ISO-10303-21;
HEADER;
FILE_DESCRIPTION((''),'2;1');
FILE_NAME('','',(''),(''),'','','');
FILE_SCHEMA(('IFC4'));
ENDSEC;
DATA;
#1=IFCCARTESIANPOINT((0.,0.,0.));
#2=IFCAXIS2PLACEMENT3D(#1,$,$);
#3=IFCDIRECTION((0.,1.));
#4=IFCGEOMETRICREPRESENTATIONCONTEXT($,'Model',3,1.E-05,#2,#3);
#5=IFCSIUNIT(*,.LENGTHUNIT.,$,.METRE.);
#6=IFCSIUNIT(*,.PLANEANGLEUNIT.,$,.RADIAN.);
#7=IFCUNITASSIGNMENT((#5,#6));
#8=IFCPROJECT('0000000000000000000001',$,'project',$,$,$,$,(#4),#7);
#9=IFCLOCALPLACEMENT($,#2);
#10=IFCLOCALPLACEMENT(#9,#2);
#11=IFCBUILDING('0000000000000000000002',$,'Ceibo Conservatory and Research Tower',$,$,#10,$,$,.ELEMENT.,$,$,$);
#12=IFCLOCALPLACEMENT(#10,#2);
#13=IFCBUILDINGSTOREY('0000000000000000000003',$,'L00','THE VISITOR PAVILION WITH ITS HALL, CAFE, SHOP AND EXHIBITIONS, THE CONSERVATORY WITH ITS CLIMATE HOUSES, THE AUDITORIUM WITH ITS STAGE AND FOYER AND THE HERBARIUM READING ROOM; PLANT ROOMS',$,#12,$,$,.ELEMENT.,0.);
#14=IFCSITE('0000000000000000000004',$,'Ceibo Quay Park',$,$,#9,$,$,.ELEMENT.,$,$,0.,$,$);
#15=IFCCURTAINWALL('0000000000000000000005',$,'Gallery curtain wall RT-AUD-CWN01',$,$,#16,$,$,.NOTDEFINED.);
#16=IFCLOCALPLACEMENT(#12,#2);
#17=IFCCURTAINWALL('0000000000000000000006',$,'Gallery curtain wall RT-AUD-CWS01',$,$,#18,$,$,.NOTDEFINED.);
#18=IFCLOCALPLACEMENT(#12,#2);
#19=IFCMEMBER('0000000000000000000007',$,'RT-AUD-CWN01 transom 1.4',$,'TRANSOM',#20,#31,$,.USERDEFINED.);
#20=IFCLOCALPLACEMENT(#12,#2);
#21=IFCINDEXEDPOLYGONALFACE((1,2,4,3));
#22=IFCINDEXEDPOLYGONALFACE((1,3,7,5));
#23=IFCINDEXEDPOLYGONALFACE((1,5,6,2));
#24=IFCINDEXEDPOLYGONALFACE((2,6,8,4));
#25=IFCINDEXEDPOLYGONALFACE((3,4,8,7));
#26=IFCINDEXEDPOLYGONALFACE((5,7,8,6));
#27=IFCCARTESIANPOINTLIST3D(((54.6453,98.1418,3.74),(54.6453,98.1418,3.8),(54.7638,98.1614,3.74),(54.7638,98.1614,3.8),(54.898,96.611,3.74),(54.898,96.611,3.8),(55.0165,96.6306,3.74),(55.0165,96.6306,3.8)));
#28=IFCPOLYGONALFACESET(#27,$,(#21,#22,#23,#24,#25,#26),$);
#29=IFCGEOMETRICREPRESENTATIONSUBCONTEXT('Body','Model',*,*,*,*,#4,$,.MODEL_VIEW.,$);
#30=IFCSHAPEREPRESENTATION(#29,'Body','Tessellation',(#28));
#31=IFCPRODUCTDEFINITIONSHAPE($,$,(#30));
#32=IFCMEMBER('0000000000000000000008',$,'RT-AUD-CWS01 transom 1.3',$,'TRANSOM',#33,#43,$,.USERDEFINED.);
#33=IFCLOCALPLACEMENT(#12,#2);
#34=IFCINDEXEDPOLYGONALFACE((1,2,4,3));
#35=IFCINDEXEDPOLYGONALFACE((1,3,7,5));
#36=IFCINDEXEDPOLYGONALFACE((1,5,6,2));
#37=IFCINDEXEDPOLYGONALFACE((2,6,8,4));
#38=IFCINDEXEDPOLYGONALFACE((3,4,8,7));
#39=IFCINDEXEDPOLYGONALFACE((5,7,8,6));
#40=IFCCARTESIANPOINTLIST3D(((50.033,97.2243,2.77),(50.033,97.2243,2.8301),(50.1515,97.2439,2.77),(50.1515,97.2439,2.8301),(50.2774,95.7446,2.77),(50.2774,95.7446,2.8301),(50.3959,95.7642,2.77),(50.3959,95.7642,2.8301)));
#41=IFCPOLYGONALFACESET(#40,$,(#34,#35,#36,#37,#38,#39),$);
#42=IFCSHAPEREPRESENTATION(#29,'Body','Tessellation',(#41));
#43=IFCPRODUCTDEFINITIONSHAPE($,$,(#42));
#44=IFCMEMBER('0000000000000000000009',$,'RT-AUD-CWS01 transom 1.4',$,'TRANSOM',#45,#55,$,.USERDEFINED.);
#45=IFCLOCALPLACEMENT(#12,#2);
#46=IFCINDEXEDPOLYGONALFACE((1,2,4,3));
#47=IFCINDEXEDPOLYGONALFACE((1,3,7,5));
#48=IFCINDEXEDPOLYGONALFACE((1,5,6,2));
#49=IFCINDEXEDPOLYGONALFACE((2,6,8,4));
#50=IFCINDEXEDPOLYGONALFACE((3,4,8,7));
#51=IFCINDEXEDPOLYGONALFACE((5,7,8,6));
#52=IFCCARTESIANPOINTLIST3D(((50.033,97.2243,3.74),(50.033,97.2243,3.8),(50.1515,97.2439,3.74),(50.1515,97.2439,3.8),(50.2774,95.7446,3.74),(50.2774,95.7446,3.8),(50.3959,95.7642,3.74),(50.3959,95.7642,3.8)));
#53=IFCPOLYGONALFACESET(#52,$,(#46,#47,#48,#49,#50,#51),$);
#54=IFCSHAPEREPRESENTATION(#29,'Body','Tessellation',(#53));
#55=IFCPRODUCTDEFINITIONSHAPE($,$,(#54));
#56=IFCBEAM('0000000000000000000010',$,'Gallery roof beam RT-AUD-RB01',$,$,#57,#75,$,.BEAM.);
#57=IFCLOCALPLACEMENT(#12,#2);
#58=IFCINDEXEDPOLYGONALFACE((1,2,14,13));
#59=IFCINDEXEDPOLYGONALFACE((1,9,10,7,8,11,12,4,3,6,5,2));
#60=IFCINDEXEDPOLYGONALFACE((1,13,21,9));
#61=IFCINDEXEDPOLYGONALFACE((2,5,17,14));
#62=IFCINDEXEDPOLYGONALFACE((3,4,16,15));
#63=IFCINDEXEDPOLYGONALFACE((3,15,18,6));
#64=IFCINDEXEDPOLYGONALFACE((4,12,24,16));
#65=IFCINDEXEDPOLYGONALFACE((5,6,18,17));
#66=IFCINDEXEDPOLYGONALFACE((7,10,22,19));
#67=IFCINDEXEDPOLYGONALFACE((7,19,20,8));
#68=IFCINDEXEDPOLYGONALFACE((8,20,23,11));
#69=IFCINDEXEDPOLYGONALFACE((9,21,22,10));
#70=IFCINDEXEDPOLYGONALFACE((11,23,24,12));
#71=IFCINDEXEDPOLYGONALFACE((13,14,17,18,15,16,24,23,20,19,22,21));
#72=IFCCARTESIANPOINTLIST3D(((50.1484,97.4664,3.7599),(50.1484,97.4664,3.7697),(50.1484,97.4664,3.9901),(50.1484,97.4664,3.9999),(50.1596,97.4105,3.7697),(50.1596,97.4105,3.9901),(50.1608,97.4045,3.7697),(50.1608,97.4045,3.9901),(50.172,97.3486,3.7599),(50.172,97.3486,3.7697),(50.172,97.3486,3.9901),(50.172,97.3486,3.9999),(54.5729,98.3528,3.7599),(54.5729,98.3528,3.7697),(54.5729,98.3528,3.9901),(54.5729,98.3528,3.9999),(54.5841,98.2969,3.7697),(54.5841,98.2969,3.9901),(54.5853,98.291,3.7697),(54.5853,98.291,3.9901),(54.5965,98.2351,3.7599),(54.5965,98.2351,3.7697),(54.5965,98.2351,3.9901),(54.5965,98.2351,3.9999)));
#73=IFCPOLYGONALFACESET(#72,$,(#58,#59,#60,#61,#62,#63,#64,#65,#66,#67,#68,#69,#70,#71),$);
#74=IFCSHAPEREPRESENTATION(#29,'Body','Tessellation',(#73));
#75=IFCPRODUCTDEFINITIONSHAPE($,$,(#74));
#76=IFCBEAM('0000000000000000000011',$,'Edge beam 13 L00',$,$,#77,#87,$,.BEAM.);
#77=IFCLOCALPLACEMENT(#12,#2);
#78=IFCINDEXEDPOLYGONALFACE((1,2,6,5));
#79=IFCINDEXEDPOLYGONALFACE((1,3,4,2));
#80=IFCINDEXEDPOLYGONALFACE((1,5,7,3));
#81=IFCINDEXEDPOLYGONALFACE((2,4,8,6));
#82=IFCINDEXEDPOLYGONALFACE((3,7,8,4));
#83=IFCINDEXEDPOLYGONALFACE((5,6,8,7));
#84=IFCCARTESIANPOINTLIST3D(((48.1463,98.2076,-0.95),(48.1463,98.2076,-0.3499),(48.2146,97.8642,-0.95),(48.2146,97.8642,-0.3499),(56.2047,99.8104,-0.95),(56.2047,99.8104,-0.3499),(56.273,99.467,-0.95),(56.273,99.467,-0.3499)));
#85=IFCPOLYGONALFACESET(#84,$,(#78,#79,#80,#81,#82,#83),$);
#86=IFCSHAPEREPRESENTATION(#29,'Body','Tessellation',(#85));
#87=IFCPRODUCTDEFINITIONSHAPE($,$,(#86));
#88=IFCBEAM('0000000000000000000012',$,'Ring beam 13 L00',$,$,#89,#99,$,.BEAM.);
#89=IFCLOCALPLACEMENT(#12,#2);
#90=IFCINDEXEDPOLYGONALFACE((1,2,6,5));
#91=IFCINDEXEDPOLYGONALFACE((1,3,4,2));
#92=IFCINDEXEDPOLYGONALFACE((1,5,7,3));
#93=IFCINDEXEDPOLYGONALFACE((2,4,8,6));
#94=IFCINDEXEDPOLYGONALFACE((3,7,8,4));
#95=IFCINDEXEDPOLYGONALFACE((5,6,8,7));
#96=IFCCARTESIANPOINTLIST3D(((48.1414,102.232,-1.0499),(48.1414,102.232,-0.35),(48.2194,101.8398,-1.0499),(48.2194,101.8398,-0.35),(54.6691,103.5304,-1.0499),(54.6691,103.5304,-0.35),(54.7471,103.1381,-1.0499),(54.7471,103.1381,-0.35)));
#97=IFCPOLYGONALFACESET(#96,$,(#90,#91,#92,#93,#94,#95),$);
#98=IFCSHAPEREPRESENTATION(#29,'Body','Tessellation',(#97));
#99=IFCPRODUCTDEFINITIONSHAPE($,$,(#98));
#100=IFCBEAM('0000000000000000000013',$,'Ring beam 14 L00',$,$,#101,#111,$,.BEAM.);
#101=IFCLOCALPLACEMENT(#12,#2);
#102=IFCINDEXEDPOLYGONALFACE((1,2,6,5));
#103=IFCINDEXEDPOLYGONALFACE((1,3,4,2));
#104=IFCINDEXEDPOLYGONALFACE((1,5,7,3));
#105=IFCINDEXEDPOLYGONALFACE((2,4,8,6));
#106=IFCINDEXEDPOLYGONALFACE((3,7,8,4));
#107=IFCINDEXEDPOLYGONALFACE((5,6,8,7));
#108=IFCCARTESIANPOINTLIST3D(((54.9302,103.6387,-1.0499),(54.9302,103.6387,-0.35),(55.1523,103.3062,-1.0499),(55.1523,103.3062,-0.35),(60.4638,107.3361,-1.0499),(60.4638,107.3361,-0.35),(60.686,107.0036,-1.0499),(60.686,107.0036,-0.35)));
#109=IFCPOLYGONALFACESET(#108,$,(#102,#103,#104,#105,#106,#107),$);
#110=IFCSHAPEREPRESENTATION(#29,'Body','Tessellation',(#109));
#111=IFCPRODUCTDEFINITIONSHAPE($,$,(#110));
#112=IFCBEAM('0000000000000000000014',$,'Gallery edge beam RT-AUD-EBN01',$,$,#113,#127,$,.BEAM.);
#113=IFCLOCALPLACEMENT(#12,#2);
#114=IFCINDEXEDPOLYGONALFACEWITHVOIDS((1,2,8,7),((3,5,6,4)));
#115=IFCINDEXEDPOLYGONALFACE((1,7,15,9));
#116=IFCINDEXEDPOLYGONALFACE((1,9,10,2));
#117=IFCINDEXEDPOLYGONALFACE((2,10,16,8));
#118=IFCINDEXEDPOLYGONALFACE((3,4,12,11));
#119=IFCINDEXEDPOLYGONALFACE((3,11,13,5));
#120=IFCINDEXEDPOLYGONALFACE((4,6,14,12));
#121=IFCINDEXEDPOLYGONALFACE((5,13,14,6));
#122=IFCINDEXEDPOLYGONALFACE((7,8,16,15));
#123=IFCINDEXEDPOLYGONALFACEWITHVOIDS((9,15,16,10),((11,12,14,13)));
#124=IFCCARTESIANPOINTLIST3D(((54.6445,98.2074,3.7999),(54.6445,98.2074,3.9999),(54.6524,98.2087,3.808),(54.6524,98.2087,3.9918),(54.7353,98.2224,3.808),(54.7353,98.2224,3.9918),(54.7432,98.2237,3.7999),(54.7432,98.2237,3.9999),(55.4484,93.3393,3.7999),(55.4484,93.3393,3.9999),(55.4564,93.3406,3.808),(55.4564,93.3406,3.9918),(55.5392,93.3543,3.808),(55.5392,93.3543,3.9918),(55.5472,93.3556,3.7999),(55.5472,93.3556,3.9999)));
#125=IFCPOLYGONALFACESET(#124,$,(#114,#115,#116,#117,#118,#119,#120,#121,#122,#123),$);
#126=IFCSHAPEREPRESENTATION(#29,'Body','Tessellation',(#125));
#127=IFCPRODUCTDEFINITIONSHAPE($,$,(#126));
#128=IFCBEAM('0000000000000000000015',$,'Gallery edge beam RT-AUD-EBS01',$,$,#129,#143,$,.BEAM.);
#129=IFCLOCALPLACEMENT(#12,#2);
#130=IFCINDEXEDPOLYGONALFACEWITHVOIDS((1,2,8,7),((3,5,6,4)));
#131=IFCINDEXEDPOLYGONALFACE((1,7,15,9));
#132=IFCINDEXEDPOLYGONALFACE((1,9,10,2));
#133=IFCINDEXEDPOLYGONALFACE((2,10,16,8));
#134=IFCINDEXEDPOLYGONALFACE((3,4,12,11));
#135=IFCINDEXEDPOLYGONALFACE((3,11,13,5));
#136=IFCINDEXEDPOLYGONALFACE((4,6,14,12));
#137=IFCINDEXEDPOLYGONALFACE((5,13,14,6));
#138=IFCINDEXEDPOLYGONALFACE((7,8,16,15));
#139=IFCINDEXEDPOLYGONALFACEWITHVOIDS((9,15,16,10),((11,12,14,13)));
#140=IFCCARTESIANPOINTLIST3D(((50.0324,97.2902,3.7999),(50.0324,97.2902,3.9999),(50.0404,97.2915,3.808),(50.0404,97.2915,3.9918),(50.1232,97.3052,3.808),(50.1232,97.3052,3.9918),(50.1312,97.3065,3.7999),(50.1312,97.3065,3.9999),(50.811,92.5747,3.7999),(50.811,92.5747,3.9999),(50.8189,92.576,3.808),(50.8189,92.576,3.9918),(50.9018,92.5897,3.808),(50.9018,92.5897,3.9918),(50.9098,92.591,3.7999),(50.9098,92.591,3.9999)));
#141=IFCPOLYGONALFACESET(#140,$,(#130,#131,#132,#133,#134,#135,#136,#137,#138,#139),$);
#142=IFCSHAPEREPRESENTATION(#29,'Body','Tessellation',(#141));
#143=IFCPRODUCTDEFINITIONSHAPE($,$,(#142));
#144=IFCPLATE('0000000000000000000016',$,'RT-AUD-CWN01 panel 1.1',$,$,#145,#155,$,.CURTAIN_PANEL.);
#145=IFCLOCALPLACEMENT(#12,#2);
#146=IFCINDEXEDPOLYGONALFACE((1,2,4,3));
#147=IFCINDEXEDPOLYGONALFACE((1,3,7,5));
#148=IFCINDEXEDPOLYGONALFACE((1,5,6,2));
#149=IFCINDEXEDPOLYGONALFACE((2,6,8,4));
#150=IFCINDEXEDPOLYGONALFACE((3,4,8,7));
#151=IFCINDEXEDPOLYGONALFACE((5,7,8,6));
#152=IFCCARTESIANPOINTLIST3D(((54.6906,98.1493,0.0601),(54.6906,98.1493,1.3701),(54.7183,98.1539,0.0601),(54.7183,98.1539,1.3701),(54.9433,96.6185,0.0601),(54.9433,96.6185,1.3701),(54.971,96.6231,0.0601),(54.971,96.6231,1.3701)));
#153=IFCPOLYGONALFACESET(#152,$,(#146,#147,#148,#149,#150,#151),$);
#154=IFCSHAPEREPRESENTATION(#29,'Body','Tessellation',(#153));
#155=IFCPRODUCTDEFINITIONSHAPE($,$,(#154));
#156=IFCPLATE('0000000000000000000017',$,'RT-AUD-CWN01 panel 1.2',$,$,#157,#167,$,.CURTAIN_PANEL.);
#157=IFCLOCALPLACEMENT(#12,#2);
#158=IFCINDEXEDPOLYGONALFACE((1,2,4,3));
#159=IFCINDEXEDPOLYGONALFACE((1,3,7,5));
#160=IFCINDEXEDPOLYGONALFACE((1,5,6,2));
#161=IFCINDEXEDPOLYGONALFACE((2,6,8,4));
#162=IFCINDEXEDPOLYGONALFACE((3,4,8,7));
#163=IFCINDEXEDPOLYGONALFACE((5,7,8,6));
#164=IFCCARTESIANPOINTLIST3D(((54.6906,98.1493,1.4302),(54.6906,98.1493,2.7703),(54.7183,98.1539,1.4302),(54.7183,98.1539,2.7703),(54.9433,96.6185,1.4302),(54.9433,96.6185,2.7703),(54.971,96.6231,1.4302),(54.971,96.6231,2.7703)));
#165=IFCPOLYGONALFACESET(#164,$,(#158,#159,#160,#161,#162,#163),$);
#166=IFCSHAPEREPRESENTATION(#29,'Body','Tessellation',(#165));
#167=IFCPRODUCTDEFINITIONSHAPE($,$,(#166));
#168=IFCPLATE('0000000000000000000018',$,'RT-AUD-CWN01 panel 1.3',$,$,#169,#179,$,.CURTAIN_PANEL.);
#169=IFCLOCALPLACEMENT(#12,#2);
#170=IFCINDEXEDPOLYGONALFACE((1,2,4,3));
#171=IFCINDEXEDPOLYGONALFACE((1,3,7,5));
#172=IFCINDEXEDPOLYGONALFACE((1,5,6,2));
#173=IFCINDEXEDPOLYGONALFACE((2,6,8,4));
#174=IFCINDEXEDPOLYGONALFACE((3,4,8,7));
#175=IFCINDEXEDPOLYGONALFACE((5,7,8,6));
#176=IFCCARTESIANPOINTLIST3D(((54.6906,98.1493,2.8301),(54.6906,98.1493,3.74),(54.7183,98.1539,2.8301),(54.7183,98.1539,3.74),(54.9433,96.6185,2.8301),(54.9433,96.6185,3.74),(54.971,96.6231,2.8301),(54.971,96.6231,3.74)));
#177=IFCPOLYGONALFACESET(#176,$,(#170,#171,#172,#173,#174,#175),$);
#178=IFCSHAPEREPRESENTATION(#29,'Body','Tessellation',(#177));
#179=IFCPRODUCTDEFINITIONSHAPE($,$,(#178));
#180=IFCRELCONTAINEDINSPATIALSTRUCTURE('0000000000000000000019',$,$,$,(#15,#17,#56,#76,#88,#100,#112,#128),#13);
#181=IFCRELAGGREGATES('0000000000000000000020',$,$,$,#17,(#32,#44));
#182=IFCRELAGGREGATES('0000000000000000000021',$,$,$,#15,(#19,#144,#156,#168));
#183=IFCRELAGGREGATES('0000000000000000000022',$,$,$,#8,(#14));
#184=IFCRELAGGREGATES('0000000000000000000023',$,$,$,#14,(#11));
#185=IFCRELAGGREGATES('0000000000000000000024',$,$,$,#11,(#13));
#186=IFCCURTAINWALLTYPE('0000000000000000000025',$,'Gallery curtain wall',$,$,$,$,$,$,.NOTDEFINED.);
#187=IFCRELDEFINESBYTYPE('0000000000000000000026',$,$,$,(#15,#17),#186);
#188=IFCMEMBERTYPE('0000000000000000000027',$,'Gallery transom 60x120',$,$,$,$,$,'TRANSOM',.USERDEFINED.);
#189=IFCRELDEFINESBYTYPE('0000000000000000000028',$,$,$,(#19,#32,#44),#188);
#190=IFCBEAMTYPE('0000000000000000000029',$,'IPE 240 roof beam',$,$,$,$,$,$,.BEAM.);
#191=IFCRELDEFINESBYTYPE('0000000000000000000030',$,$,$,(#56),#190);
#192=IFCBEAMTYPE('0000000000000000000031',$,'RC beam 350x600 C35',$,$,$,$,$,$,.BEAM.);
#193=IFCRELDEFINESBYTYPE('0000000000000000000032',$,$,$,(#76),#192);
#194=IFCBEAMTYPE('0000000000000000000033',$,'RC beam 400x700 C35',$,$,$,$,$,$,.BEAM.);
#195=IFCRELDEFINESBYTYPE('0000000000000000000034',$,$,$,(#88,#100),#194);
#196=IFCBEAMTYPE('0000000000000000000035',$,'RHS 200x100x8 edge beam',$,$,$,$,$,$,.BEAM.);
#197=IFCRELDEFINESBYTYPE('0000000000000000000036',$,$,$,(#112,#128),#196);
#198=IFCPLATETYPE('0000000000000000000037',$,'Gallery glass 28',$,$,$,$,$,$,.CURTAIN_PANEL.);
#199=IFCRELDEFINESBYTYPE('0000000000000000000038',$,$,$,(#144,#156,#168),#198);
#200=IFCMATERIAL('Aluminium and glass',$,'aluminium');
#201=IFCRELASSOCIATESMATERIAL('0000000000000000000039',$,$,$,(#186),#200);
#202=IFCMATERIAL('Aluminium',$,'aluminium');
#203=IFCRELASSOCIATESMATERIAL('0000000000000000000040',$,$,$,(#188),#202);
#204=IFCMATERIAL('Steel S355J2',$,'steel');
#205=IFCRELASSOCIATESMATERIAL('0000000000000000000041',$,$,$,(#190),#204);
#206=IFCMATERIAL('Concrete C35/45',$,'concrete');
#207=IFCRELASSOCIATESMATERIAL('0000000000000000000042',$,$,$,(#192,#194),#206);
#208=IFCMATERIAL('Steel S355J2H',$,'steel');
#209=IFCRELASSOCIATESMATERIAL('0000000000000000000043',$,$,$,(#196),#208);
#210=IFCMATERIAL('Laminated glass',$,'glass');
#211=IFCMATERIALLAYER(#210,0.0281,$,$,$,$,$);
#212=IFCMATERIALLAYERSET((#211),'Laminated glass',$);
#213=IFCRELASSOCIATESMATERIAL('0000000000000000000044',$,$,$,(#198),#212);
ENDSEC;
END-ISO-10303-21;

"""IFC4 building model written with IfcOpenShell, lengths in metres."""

from ifc_helpers import new_model, si_unit, direction, frame, origin, origin_2d, place, context, subcontext, project, spatial, rectangle, hollow_rectangle, i_section, extrude, material, layer, layer_set, material_profile, profile_set, type_object, element, aggregate, save


model = new_model("IFC4")

# Units and contexts
model_context = context("Model", 3, precision=1e-05, world=origin(), true_north=direction((0.0, 1.0)))
body_context = subcontext(model_context, "Body", "Model", "MODEL_VIEW")
ifc_project = project(units=[si_unit("LENGTHUNIT", "METRE"), si_unit("PLANEANGLEUNIT", "RADIAN")], contexts=[model_context])

# Site, building, storey
site_placement = place(None, origin())
site = spatial("IfcSite", under=ifc_project, at=site_placement, Name="Ceibo Quay Park", CompositionType="ELEMENT", RefElevation=0.0)
building_placement = place(site_placement, origin())
building = spatial("IfcBuilding", under=site, at=building_placement, Name="Ceibo Conservatory and Research Tower", CompositionType="ELEMENT")
storey_placement = place(building_placement, origin())
storey = spatial("IfcBuildingStorey", under=building, at=storey_placement, Name="L00", Description="THE VISITOR PAVILION WITH ITS HALL, CAFE, SHOP AND EXHIBITIONS, THE CONSERVATORY WITH ITS CLIMATE HOUSES, THE AUDITORIUM WITH ITS STAGE AND FOYER AND THE HERBARIUM READING ROOM; PLANT ROOMS", CompositionType="ELEMENT", Elevation=0.0)

# Shared definitions
ifc_material_1 = material(Name="Steel S355J2H", Category="steel")

# Curtain walls
ifc_material_2 = material(Name="Aluminium and glass", Category="aluminium")
curtain_wall_type = type_object("IfcCurtainWallType", Name="Gallery curtain wall", PredefinedType="NOTDEFINED", material=ifc_material_2)
curtain_wall_1_placement = place(storey_placement, origin())
curtain_wall_1 = element("IfcCurtainWall", 1, at=curtain_wall_1_placement, inside=storey, type_object=curtain_wall_type, Name="Gallery curtain wall RT-AUD-CWN01", PredefinedType="NOTDEFINED")
ifc_material_3 = material(Name="Aluminium", Category="aluminium")
curtain_wall_2_placement = place(storey_placement, origin())
curtain_wall_2 = element("IfcCurtainWall", 2, at=curtain_wall_2_placement, inside=storey, type_object=curtain_wall_type, Name="Gallery curtain wall RT-AUD-CWS01", PredefinedType="NOTDEFINED")

# Members
ifc_material_profile_1 = material_profile(ifc_material_3, rectangle(XDim=0.1201, YDim=0.0601, at=origin_2d()), Name="AL 60x120")
ifc_profile_set_1 = profile_set([ifc_material_profile_1], Name="Aluminium")
member_type_1 = type_object("IfcMemberType", Name="Gallery transom 60x120", ElementType="TRANSOM", PredefinedType="USERDEFINED", material=ifc_profile_set_1)
member_1_placement = place(storey_placement, frame((54.7046, 98.1516, 3.77), z_axis=(0.162868, -0.986648, 0.0), x_axis=(0.986648, 0.162868, 0.0)))
member_1 = element("IfcMember", 3, at=member_1_placement, type_object=member_type_1, Name="RT-AUD-CWN01 transom 1.4", ObjectType="TRANSOM", PredefinedType="USERDEFINED", context=body_context, shape_type="SweptSolid", body=[
    extrude(rectangle(XDim=0.1201, YDim=0.0601, at=origin_2d()), origin(), (0.0, 0.0, 1.0), 1.5515),
])
member_2_placement = place(storey_placement, frame((50.0923, 97.2341, 2.8), z_axis=(0.162947, -0.986635, 0.0), x_axis=(0.986635, 0.162947, 0.0)))
member_2 = element("IfcMember", 4, at=member_2_placement, type_object=member_type_1, Name="RT-AUD-CWS01 transom 1.3", ObjectType="TRANSOM", PredefinedType="USERDEFINED", context=body_context, shape_type="SweptSolid", body=[
    extrude(rectangle(XDim=0.1201, YDim=0.0601, at=origin_2d()), origin(), (0.0, 0.0, 1.0), 1.4998),
])
member_3_placement = place(storey_placement, frame((50.0923, 97.2341, 3.77), z_axis=(0.162947, -0.986635, 0.0), x_axis=(0.986635, 0.162947, 0.0)))
member_3 = element("IfcMember", 5, at=member_3_placement, type_object=member_type_1, Name="RT-AUD-CWS01 transom 1.4", ObjectType="TRANSOM", PredefinedType="USERDEFINED", context=body_context, shape_type="SweptSolid", body=[
    extrude(rectangle(XDim=0.1201, YDim=0.0601, at=origin_2d()), origin(), (0.0, 0.0, 1.0), 1.4998),
])
aggregate(curtain_wall_2, [member_2, member_3])

# Beams
ifc_material_4 = material(Name="Steel S355J2", Category="steel")
ifc_material_profile_2 = material_profile(ifc_material_4, i_section(OverallWidth=0.1201, OverallDepth=0.24, WebThickness=0.0061, FlangeThickness=0.0098, at=origin_2d()), Name="IPE 240")
ifc_profile_set_2 = profile_set([ifc_material_profile_2], Name="Steel S355J2")
beam_type_1 = type_object("IfcBeamType", Name="IPE 240 roof beam", PredefinedType="BEAM", material=ifc_profile_set_2)
beam_1_placement = place(storey_placement, frame((54.5847, 98.2939, 3.8799), z_axis=(-0.980514, -0.196449, 0.0), x_axis=(0.196449, -0.980514, 0.0)))
element("IfcBeam", 6, at=beam_1_placement, inside=storey, type_object=beam_type_1, Name="Gallery roof beam RT-AUD-RB01", PredefinedType="BEAM", context=body_context, shape_type="SweptSolid", body=[
    extrude(i_section(OverallWidth=0.1201, OverallDepth=0.24, WebThickness=0.0061, FlangeThickness=0.0098, at=origin_2d()), origin(), (0.0, 0.0, 1.0), 4.5125),
])
ifc_material_5 = material(Name="Concrete C35/45", Category="concrete")
ifc_material_profile_3 = material_profile(ifc_material_5, rectangle(XDim=0.3501, YDim=0.6001, at=origin_2d()), Name="RC 350x600")
ifc_profile_set_3 = profile_set([ifc_material_profile_3], Name="Concrete C35/45")
beam_type_2 = type_object("IfcBeamType", Name="RC beam 350x600 C35", PredefinedType="BEAM", material=ifc_profile_set_3)
beam_2_placement = place(storey_placement, frame((48.1804, 98.0359, -0.6499), z_axis=(0.980788, 0.195076, 0.0), x_axis=(-0.195076, 0.980788, 0.0)))
element("IfcBeam", 7, at=beam_2_placement, inside=storey, type_object=beam_type_2, Name="Edge beam 13 L00", PredefinedType="BEAM", context=body_context, shape_type="SweptSolid", body=[
    extrude(rectangle(XDim=0.3501, YDim=0.6001, at=origin_2d()), origin(), (0.0, 0.0, 1.0), 8.2163),
])
ifc_material_profile_4 = material_profile(ifc_material_5, rectangle(XDim=0.3999, YDim=0.7, at=origin_2d()), Name="RC 400x700")
ifc_profile_set_4 = profile_set([ifc_material_profile_4], Name="Concrete C35/45")
beam_type_3 = type_object("IfcBeamType", Name="RC beam 400x700 C35", PredefinedType="BEAM", material=ifc_profile_set_4)
beam_3_placement = place(storey_placement, frame((48.1804, 102.0359, -0.7), z_axis=(0.980788, 0.195079, 0.0), x_axis=(-0.195079, 0.980788, 0.0)))
element("IfcBeam", 8, at=beam_3_placement, inside=storey, type_object=beam_type_3, Name="Ring beam 13 L00", PredefinedType="BEAM", context=body_context, shape_type="SweptSolid", body=[
    extrude(rectangle(XDim=0.3999, YDim=0.7, at=origin_2d()), origin(), (0.0, 0.0, 1.0), 6.6555),
])
beam_4_placement = place(storey_placement, frame((55.0413, 103.4724, -0.7), z_axis=(0.831469, 0.555572, 0.0), x_axis=(-0.555572, 0.831469, 0.0)))
element("IfcBeam", 9, at=beam_4_placement, inside=storey, type_object=beam_type_3, Name="Ring beam 14 L00", PredefinedType="BEAM", context=body_context, shape_type="SweptSolid", body=[
    extrude(rectangle(XDim=0.3999, YDim=0.7, at=origin_2d()), origin(), (0.0, 0.0, 1.0), 6.6553),
])
ifc_material_profile_5 = material_profile(ifc_material_1, hollow_rectangle(XDim=0.1001, YDim=0.2, WallThickness=0.0081, at=origin_2d()), Name="RHS 200x100x8 edge beam")
ifc_profile_set_5 = profile_set([ifc_material_profile_5], Name="Steel S355J2H")
beam_type_4 = type_object("IfcBeamType", Name="RHS 200x100x8 edge beam", PredefinedType="BEAM", material=ifc_profile_set_5)
beam_5_placement = place(storey_placement, frame((54.6938, 98.2156, 3.8999), z_axis=(0.162938, -0.986636, 0.0), x_axis=(0.986636, 0.162938, 0.0)))
element("IfcBeam", 10, at=beam_5_placement, inside=storey, type_object=beam_type_4, Name="Gallery edge beam RT-AUD-EBN01", PredefinedType="BEAM", context=body_context, shape_type="SweptSolid", body=[
    extrude(hollow_rectangle(XDim=0.1001, YDim=0.2, WallThickness=0.0081, at=origin_2d()), origin(), (0.0, 0.0, 1.0), 4.9341),
])
beam_6_placement = place(storey_placement, frame((50.0818, 97.2983, 3.8999), z_axis=(0.162908, -0.986641, 0.0), x_axis=(0.986641, 0.162908, 0.0)))
element("IfcBeam", 11, at=beam_6_placement, inside=storey, type_object=beam_type_4, Name="Gallery edge beam RT-AUD-EBS01", PredefinedType="BEAM", context=body_context, shape_type="SweptSolid", body=[
    extrude(hollow_rectangle(XDim=0.1001, YDim=0.2, WallThickness=0.0081, at=origin_2d()), origin(), (0.0, 0.0, 1.0), 4.7793),
])

# Plates
ifc_material_6 = material(Name="Laminated glass", Category="glass")
ifc_layer_1 = layer(ifc_material_6, 0.0281)
ifc_layer_set_1 = layer_set([ifc_layer_1], Name="Laminated glass")
plate_type = type_object("IfcPlateType", Name="Gallery glass 28", PredefinedType="CURTAIN_PANEL", material=ifc_layer_set_1)
plate_1_placement = place(storey_placement, frame((54.8308, 97.3862, 0.0601), z_axis=(0.0, 0.0, 1.0), x_axis=(0.162895, -0.986643, 0.0)))
plate_1 = element("IfcPlate", 12, at=plate_1_placement, type_object=plate_type, Name="RT-AUD-CWN01 panel 1.1", PredefinedType="CURTAIN_PANEL", context=body_context, shape_type="SweptSolid", body=[
    extrude(rectangle(XDim=1.5515, YDim=0.0281, at=origin_2d()), origin(), (0.0, 0.0, 1.0), 1.3101),
])
plate_2_placement = place(storey_placement, frame((54.8308, 97.3862, 1.4302), z_axis=(0.0, 0.0, 1.0), x_axis=(0.162895, -0.986643, 0.0)))
plate_2 = element("IfcPlate", 13, at=plate_2_placement, type_object=plate_type, Name="RT-AUD-CWN01 panel 1.2", PredefinedType="CURTAIN_PANEL", context=body_context, shape_type="SweptSolid", body=[
    extrude(rectangle(XDim=1.5515, YDim=0.0281, at=origin_2d()), origin(), (0.0, 0.0, 1.0), 1.3401),
])
plate_3_placement = place(storey_placement, frame((54.8308, 97.3862, 2.8301), z_axis=(0.0, 0.0, 1.0), x_axis=(0.162895, -0.986643, 0.0)))
plate_3 = element("IfcPlate", 14, at=plate_3_placement, type_object=plate_type, Name="RT-AUD-CWN01 panel 1.3", PredefinedType="CURTAIN_PANEL", context=body_context, shape_type="SweptSolid", body=[
    extrude(rectangle(XDim=1.5515, YDim=0.0281, at=origin_2d()), origin(), (0.0, 0.0, 1.0), 0.9099),
])
aggregate(curtain_wall_1, [member_1, plate_1, plate_2, plate_3])

save(model, "model.ifc")
